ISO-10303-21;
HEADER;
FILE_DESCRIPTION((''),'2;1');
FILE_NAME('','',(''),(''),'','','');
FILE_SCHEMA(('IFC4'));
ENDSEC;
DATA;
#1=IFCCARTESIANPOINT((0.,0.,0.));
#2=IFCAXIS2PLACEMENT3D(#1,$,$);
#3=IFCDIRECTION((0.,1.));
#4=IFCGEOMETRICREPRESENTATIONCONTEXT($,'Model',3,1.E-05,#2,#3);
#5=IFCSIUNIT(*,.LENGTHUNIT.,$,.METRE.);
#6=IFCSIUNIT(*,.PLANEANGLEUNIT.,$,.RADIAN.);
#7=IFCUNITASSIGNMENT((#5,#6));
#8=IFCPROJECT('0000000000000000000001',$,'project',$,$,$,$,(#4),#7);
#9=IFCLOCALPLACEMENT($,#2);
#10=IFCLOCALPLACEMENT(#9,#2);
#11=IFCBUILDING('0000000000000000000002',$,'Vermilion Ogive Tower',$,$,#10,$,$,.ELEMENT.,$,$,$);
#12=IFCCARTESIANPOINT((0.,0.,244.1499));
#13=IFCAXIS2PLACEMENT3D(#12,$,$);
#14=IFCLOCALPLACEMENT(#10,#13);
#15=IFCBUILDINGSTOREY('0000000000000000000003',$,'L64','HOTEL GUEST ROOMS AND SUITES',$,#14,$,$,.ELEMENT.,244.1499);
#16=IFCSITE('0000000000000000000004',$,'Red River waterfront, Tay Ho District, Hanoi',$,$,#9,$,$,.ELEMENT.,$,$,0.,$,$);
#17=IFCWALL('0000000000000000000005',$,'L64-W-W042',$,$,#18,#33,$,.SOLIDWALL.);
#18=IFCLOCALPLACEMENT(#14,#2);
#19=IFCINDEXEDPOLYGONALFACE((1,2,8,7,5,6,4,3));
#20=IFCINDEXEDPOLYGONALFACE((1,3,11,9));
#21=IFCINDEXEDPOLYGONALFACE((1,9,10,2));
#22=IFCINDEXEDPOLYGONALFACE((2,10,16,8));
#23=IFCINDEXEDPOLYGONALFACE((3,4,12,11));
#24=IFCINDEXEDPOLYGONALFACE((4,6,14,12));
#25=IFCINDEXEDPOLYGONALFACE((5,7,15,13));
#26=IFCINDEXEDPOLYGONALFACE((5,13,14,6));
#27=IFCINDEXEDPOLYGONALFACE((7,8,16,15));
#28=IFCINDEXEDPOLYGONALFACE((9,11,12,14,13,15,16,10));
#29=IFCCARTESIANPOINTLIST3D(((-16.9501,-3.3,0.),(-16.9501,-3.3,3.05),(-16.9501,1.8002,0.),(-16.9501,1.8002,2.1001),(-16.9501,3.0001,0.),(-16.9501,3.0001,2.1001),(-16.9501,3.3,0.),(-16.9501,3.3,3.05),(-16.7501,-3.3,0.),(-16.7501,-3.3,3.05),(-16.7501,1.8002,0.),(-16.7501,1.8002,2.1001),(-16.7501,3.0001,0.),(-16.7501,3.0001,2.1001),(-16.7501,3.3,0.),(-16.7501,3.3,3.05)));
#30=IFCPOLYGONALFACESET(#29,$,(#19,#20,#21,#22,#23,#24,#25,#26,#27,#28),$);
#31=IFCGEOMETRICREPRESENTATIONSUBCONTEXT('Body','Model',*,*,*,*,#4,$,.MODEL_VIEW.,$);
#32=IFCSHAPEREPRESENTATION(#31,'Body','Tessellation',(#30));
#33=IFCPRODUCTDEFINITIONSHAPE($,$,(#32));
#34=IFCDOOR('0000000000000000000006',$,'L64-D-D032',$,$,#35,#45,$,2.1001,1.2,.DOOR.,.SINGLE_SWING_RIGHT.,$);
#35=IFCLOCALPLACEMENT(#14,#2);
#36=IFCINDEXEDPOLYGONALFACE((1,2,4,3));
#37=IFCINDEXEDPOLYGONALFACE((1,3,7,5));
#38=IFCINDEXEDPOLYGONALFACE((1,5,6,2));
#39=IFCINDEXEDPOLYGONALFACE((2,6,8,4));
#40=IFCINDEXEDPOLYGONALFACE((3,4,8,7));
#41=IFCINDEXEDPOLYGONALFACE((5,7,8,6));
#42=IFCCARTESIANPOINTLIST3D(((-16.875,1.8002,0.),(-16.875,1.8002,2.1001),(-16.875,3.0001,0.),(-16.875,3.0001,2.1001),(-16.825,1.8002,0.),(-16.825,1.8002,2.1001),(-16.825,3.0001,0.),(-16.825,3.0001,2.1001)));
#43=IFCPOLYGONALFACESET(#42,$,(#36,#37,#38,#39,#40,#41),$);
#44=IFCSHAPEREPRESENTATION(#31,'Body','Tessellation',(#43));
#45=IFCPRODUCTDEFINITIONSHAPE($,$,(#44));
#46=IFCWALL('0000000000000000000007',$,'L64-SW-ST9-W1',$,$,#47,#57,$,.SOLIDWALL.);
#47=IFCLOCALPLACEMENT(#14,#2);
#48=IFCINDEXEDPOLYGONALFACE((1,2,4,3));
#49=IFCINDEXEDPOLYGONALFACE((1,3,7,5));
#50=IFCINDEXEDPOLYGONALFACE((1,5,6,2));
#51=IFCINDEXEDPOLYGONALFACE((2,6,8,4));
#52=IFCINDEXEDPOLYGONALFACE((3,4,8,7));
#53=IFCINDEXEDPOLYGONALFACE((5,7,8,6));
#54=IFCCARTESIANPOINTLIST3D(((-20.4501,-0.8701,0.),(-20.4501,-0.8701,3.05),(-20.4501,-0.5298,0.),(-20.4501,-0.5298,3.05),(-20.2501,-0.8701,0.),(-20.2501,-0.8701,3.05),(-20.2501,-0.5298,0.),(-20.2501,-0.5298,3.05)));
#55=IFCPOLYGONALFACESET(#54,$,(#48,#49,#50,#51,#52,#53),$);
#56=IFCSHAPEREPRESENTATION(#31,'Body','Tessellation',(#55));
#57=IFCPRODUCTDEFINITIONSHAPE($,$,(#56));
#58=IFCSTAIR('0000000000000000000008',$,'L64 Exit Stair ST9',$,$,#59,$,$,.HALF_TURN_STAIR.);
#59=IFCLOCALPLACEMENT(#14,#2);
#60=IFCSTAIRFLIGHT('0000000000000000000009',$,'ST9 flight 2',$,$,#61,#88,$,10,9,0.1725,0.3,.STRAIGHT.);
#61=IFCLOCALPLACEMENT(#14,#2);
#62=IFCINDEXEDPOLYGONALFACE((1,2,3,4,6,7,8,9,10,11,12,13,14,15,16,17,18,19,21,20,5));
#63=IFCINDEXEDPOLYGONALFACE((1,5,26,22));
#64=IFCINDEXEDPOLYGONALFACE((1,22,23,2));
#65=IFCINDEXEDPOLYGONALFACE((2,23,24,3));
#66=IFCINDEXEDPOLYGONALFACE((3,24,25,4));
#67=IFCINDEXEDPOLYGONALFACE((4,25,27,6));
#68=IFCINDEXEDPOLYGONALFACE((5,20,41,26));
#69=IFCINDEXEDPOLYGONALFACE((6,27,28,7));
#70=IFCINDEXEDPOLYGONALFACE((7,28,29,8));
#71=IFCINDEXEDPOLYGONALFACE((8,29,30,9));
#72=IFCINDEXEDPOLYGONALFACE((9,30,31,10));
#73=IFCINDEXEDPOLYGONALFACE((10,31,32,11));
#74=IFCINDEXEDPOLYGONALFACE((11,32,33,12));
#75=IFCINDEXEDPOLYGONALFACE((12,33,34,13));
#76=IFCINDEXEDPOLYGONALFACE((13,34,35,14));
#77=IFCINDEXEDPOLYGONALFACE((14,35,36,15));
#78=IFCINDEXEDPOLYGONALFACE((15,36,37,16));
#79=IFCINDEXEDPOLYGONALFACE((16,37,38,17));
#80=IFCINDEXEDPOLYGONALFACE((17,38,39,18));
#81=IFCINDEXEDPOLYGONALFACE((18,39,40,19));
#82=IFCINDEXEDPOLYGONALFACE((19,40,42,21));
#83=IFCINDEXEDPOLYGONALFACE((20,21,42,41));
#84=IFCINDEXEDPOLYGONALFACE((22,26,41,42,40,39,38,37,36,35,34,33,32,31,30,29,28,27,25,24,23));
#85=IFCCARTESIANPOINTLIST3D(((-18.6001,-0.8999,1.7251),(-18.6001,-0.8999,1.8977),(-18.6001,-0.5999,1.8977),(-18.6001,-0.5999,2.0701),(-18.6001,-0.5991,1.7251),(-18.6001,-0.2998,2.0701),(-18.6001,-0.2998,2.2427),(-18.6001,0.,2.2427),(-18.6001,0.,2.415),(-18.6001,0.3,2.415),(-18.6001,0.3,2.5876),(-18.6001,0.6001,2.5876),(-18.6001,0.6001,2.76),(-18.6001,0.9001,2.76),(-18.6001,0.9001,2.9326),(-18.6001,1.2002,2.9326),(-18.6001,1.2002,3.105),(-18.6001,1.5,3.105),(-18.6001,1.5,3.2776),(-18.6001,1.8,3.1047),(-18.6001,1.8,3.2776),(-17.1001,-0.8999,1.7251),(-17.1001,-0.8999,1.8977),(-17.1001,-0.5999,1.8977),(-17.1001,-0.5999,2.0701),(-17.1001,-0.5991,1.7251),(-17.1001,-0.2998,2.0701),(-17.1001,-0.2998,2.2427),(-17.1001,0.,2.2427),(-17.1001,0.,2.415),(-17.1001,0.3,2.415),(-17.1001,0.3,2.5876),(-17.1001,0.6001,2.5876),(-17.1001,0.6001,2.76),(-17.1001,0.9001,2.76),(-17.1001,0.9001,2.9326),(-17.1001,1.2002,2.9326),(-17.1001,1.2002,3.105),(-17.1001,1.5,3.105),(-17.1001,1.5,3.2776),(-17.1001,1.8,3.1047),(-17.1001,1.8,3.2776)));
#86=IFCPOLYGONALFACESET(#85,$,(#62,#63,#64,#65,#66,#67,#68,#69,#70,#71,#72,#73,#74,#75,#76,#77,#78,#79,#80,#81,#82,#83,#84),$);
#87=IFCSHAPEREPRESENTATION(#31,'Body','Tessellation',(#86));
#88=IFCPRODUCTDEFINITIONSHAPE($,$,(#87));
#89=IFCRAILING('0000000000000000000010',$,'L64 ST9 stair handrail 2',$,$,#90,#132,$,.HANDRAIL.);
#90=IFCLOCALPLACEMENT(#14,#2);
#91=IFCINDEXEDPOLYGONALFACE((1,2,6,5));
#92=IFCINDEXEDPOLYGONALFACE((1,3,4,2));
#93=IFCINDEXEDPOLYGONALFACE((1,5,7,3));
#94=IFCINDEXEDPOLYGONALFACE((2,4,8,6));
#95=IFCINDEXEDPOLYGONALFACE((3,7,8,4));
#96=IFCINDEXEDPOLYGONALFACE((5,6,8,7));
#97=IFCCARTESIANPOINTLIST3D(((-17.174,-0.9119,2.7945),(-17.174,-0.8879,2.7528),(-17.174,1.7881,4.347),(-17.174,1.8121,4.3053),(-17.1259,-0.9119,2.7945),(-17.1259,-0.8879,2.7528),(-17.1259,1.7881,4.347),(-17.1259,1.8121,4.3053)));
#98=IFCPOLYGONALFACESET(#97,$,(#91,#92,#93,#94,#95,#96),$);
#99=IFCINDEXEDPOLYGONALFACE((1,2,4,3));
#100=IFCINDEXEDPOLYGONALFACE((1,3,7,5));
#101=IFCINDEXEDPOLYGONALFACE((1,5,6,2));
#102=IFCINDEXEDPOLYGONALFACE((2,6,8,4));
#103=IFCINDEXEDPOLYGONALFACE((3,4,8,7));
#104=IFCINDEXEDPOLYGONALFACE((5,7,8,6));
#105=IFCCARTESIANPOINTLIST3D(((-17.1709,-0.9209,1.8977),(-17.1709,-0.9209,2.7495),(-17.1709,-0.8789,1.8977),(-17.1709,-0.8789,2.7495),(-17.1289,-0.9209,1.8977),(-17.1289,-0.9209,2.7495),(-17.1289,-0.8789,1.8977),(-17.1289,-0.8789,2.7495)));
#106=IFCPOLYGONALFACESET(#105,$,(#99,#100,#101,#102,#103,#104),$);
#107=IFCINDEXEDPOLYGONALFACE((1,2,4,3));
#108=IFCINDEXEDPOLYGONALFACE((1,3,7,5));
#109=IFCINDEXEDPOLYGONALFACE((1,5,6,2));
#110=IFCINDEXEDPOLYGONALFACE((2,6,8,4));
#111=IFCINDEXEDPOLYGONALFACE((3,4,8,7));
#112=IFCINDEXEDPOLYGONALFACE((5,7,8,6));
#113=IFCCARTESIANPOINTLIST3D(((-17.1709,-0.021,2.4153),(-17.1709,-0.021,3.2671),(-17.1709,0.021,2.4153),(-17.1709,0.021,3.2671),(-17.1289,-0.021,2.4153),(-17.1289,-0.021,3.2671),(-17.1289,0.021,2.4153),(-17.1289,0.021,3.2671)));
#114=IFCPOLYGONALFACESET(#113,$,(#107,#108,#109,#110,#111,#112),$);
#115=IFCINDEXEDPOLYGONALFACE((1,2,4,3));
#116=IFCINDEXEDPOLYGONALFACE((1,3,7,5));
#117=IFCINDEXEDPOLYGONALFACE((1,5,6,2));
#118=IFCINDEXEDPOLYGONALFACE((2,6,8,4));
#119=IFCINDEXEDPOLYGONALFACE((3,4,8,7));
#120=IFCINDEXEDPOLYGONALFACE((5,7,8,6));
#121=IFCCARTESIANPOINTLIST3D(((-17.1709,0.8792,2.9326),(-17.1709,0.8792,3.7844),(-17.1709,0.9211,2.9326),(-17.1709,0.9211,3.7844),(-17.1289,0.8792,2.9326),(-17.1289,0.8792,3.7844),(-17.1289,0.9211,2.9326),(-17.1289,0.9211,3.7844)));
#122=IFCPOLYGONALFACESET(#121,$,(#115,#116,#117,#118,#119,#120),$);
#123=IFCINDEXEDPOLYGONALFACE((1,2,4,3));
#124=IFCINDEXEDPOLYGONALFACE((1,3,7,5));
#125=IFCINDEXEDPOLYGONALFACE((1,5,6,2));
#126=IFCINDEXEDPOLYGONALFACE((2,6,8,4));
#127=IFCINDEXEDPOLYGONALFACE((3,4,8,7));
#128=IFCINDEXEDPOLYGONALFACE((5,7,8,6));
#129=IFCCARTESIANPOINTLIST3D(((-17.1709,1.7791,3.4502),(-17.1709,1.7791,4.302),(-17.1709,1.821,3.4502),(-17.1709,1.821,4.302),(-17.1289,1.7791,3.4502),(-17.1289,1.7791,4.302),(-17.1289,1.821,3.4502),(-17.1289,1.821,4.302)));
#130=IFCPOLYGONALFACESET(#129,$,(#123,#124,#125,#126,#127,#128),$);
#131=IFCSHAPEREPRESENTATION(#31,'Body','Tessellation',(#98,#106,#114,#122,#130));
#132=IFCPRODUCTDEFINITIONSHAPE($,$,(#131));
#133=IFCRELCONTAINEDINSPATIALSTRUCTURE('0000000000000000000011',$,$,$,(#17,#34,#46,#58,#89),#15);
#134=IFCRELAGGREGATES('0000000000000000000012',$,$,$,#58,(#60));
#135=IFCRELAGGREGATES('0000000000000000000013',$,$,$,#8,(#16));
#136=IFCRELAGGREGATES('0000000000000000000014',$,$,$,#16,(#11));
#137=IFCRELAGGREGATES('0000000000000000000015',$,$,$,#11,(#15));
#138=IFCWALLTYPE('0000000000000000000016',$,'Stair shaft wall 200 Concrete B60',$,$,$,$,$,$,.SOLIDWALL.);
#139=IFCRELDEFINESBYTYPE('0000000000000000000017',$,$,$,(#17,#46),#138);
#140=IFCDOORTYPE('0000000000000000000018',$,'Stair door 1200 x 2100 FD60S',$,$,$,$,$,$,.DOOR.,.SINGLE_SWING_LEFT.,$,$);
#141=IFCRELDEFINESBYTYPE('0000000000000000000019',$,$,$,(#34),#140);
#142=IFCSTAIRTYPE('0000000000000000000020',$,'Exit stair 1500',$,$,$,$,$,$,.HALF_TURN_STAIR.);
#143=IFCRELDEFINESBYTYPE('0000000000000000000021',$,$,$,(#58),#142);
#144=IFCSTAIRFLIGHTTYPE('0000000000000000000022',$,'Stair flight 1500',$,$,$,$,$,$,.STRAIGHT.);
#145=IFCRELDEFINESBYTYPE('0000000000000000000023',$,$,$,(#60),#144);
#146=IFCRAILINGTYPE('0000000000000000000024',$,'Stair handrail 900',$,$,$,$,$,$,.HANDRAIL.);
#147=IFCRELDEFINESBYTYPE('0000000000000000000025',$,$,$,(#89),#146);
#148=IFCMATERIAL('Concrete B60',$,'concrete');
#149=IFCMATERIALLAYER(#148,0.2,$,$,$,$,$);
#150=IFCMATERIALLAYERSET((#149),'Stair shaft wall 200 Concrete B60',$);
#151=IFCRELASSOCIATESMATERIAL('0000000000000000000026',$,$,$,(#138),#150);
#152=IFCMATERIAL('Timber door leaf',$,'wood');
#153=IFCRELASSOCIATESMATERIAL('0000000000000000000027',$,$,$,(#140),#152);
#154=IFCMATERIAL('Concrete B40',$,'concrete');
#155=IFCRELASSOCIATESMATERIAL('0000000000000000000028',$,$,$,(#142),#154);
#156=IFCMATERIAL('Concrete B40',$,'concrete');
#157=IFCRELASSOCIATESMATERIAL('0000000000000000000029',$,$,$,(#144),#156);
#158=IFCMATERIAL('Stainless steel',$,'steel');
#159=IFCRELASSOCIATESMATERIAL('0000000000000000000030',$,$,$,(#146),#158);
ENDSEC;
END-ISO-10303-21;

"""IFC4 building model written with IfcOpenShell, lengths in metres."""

from ifc_helpers import new_model, si_unit, direction, frame, frame_2d, origin, origin_2d, place, context, subcontext, project, spatial, polyline, rectangle, outline, extrude, material, layer, layer_set, type_object, element, fill, aggregate, save


model = new_model("IFC4")

# Units and contexts
model_context = context("Model", 3, precision=1e-05, world=origin(), true_north=direction((0.0, 1.0)))
body_context = subcontext(model_context, "Body", "Model", "MODEL_VIEW")
ifc_project = project(units=[si_unit("LENGTHUNIT", "METRE"), si_unit("PLANEANGLEUNIT", "RADIAN")], contexts=[model_context])

# Site, building, storey
site_placement = place(None, origin())
site = spatial("IfcSite", under=ifc_project, at=site_placement, Name="Red River waterfront, Tay Ho District, Hanoi", CompositionType="ELEMENT", RefElevation=0.0)
building_placement = place(site_placement, origin())
building = spatial("IfcBuilding", under=site, at=building_placement, Name="Vermilion Ogive Tower", CompositionType="ELEMENT")
storey_placement = place(building_placement, frame((0.0, 0.0, 244.1499)))
storey = spatial("IfcBuildingStorey", under=building, at=storey_placement, Name="L64", Description="HOTEL GUEST ROOMS AND SUITES", CompositionType="ELEMENT", Elevation=244.1499)

# Shared definitions
ifc_material_1 = material(Name="Concrete B60", Category="concrete")
ifc_layer_1 = layer(ifc_material_1, 0.2)
ifc_layer_set_1 = layer_set([ifc_layer_1], Name="Stair shaft wall 200 Concrete B60")
wall_type_1 = type_object("IfcWallType", Name="Stair shaft wall 200 Concrete B60", PredefinedType="SOLIDWALL", material=ifc_layer_set_1)

# Wall, opening, door
wall_1_placement = place(storey_placement, frame((-16.8501, -3.3, 0.0), z_axis=(0.0, 0.0, 1.0), x_axis=(0.0, 1.0, 0.0)))
wall_1 = element("IfcWall", 1, at=wall_1_placement, inside=storey, type_object=wall_type_1, Name="L64-W-W042", PredefinedType="SOLIDWALL", context=body_context, shape_type="SweptSolid", body=[
    extrude(rectangle(XDim=6.6001, YDim=0.2, at=frame_2d((3.3, 0.0))), origin(), (0.0, 0.0, 1.0), 3.05),
])
opening_1_placement = place(wall_1_placement, frame((5.1001, 0.0, 0.0)))
opening_1 = element("IfcOpeningElement", 2, at=opening_1_placement, cuts=wall_1, PredefinedType="OPENING", context=body_context, shape_type="SweptSolid", body=[
    extrude(rectangle(XDim=1.2, YDim=2.1001, at=frame_2d((0.6001, 1.05))), frame((0.0, 0.1099, 0.0), z_axis=(0.0, -1.0, 0.0), x_axis=(1.0, 0.0, 0.0)), (0.0, 0.0, 1.0), 0.22),
])
ifc_material_2 = material(Name="Timber door leaf", Category="wood")
door_type_1 = type_object("IfcDoorType", Name="Stair door 1200 x 2100 FD60S", OperationType="SINGLE_SWING_LEFT", PredefinedType="DOOR", material=ifc_material_2)
door_1_placement = place(opening_1_placement, origin())
door_1 = element("IfcDoor", 3, at=door_1_placement, inside=storey, type_object=door_type_1, Name="L64-D-D032", OperationType="SINGLE_SWING_RIGHT", OverallHeight=2.1001, OverallWidth=1.2, PredefinedType="DOOR", context=body_context, shape_type="SweptSolid", body=[
    extrude(rectangle(XDim=1.2, YDim=2.1001, at=frame_2d((0.6001, 1.05))), frame((0.0, 0.0249, 0.0), z_axis=(0.0, -1.0, 0.0), x_axis=(1.0, 0.0, 0.0)), (0.0, 0.0, 1.0), 0.05),
])
fill(opening_1, door_1)

# Wall
wall_2_placement = place(storey_placement, frame((-20.3501, -0.8701, 0.0), z_axis=(0.0, 0.0, 1.0), x_axis=(0.0, 1.0, 0.0)))
element("IfcWall", 4, at=wall_2_placement, inside=storey, type_object=wall_type_1, Name="L64-SW-ST9-W1", PredefinedType="SOLIDWALL", context=body_context, shape_type="SweptSolid", body=[
    extrude(rectangle(XDim=0.3403, YDim=0.2, at=frame_2d((0.1702, 0.0))), origin(), (0.0, 0.0, 1.0), 3.05),
])

# Stair, stair flight
ifc_material_3 = material(Name="Concrete B40", Category="concrete")
stair_type = type_object("IfcStairType", Name="Exit stair 1500", PredefinedType="HALF_TURN_STAIR", material=ifc_material_3)
stair_placement = place(storey_placement, origin())
stair = element("IfcStair", 5, at=stair_placement, inside=storey, type_object=stair_type, Name="L64 Exit Stair ST9", PredefinedType="HALF_TURN_STAIR")
ifc_material_4 = material(Name="Concrete B40", Category="concrete")
stair_flight_type = type_object("IfcStairFlightType", Name="Stair flight 1500", PredefinedType="STRAIGHT", material=ifc_material_4)
stair_flight_placement = place(storey_placement, frame((-17.8501, -0.8999, 1.7251), z_axis=(0.0, 0.0, 1.0), x_axis=(0.0, 1.0, 0.0)))
stair_flight = element("IfcStairFlight", 6, at=stair_flight_placement, type_object=stair_flight_type, Name="ST9 flight 2", NumberOfRisers=10, NumberOfTreads=9, PredefinedType="STRAIGHT", RiserHeight=0.1725, TreadLength=0.3, context=body_context, shape_type="SweptSolid", body=[
    extrude(outline(polyline([(0.0, 0.0), (0.0, 0.1726), (0.3, 0.1726), (0.3, 0.345), (0.6001, 0.345), (0.6001, 0.5176), (0.8999, 0.5176), (0.8999, 0.6899), (1.2, 0.6899), (1.2, 0.8625), (1.5, 0.8625), (1.5, 1.0349), (1.8, 1.0349), (1.8, 1.2075), (2.1001, 1.2075), (2.1001, 1.3799), (2.3999, 1.3799), (2.3999, 1.5525), (2.7, 1.5525), (2.7, 1.7251), (2.7, 1.3796), (0.3008, 0.0), (0.0, 0.0)])), frame((0.0, 0.75, 0.0), z_axis=(0.0, -1.0, 0.0), x_axis=(1.0, 0.0, 0.0)), (0.0, 0.0, 1.0), 1.5),
])
aggregate(stair, [stair_flight])

# Railing
ifc_material_5 = material(Name="Stainless steel", Category="steel")
railing_type = type_object("IfcRailingType", Name="Stair handrail 900", PredefinedType="HANDRAIL", material=ifc_material_5)
railing_placement = place(storey_placement, frame((-17.1499, -0.8999, 1.8977)))
element("IfcRailing", 7, at=railing_placement, inside=storey, type_object=railing_type, Name="L64 ST9 stair handrail 2", PredefinedType="HANDRAIL", context=body_context, shape_type="SweptSolid", body=[
    extrude(rectangle(XDim=0.0481, YDim=0.0481, at=origin_2d()), frame((0.0, 0.0, 0.876), z_axis=(0.0, 0.866904, 0.498476), x_axis=(-1.0, 0.0, 0.0)), (0.0, 0.0, 1.0), 3.1145),
    extrude(rectangle(XDim=0.042, YDim=0.042, at=origin_2d()), origin(), (0.0, 0.0, 1.0), 0.8518),
    extrude(rectangle(XDim=0.042, YDim=0.042, at=origin_2d()), frame((0.0, 0.8999, 0.5176)), (0.0, 0.0, 1.0), 0.8518),
    extrude(rectangle(XDim=0.042, YDim=0.042, at=origin_2d()), frame((0.0, 1.8, 1.0349)), (0.0, 0.0, 1.0), 0.8518),
    extrude(rectangle(XDim=0.042, YDim=0.042, at=origin_2d()), frame((0.0, 2.7, 1.5525)), (0.0, 0.0, 1.0), 0.8518),
])

save(model, "model.ifc")
